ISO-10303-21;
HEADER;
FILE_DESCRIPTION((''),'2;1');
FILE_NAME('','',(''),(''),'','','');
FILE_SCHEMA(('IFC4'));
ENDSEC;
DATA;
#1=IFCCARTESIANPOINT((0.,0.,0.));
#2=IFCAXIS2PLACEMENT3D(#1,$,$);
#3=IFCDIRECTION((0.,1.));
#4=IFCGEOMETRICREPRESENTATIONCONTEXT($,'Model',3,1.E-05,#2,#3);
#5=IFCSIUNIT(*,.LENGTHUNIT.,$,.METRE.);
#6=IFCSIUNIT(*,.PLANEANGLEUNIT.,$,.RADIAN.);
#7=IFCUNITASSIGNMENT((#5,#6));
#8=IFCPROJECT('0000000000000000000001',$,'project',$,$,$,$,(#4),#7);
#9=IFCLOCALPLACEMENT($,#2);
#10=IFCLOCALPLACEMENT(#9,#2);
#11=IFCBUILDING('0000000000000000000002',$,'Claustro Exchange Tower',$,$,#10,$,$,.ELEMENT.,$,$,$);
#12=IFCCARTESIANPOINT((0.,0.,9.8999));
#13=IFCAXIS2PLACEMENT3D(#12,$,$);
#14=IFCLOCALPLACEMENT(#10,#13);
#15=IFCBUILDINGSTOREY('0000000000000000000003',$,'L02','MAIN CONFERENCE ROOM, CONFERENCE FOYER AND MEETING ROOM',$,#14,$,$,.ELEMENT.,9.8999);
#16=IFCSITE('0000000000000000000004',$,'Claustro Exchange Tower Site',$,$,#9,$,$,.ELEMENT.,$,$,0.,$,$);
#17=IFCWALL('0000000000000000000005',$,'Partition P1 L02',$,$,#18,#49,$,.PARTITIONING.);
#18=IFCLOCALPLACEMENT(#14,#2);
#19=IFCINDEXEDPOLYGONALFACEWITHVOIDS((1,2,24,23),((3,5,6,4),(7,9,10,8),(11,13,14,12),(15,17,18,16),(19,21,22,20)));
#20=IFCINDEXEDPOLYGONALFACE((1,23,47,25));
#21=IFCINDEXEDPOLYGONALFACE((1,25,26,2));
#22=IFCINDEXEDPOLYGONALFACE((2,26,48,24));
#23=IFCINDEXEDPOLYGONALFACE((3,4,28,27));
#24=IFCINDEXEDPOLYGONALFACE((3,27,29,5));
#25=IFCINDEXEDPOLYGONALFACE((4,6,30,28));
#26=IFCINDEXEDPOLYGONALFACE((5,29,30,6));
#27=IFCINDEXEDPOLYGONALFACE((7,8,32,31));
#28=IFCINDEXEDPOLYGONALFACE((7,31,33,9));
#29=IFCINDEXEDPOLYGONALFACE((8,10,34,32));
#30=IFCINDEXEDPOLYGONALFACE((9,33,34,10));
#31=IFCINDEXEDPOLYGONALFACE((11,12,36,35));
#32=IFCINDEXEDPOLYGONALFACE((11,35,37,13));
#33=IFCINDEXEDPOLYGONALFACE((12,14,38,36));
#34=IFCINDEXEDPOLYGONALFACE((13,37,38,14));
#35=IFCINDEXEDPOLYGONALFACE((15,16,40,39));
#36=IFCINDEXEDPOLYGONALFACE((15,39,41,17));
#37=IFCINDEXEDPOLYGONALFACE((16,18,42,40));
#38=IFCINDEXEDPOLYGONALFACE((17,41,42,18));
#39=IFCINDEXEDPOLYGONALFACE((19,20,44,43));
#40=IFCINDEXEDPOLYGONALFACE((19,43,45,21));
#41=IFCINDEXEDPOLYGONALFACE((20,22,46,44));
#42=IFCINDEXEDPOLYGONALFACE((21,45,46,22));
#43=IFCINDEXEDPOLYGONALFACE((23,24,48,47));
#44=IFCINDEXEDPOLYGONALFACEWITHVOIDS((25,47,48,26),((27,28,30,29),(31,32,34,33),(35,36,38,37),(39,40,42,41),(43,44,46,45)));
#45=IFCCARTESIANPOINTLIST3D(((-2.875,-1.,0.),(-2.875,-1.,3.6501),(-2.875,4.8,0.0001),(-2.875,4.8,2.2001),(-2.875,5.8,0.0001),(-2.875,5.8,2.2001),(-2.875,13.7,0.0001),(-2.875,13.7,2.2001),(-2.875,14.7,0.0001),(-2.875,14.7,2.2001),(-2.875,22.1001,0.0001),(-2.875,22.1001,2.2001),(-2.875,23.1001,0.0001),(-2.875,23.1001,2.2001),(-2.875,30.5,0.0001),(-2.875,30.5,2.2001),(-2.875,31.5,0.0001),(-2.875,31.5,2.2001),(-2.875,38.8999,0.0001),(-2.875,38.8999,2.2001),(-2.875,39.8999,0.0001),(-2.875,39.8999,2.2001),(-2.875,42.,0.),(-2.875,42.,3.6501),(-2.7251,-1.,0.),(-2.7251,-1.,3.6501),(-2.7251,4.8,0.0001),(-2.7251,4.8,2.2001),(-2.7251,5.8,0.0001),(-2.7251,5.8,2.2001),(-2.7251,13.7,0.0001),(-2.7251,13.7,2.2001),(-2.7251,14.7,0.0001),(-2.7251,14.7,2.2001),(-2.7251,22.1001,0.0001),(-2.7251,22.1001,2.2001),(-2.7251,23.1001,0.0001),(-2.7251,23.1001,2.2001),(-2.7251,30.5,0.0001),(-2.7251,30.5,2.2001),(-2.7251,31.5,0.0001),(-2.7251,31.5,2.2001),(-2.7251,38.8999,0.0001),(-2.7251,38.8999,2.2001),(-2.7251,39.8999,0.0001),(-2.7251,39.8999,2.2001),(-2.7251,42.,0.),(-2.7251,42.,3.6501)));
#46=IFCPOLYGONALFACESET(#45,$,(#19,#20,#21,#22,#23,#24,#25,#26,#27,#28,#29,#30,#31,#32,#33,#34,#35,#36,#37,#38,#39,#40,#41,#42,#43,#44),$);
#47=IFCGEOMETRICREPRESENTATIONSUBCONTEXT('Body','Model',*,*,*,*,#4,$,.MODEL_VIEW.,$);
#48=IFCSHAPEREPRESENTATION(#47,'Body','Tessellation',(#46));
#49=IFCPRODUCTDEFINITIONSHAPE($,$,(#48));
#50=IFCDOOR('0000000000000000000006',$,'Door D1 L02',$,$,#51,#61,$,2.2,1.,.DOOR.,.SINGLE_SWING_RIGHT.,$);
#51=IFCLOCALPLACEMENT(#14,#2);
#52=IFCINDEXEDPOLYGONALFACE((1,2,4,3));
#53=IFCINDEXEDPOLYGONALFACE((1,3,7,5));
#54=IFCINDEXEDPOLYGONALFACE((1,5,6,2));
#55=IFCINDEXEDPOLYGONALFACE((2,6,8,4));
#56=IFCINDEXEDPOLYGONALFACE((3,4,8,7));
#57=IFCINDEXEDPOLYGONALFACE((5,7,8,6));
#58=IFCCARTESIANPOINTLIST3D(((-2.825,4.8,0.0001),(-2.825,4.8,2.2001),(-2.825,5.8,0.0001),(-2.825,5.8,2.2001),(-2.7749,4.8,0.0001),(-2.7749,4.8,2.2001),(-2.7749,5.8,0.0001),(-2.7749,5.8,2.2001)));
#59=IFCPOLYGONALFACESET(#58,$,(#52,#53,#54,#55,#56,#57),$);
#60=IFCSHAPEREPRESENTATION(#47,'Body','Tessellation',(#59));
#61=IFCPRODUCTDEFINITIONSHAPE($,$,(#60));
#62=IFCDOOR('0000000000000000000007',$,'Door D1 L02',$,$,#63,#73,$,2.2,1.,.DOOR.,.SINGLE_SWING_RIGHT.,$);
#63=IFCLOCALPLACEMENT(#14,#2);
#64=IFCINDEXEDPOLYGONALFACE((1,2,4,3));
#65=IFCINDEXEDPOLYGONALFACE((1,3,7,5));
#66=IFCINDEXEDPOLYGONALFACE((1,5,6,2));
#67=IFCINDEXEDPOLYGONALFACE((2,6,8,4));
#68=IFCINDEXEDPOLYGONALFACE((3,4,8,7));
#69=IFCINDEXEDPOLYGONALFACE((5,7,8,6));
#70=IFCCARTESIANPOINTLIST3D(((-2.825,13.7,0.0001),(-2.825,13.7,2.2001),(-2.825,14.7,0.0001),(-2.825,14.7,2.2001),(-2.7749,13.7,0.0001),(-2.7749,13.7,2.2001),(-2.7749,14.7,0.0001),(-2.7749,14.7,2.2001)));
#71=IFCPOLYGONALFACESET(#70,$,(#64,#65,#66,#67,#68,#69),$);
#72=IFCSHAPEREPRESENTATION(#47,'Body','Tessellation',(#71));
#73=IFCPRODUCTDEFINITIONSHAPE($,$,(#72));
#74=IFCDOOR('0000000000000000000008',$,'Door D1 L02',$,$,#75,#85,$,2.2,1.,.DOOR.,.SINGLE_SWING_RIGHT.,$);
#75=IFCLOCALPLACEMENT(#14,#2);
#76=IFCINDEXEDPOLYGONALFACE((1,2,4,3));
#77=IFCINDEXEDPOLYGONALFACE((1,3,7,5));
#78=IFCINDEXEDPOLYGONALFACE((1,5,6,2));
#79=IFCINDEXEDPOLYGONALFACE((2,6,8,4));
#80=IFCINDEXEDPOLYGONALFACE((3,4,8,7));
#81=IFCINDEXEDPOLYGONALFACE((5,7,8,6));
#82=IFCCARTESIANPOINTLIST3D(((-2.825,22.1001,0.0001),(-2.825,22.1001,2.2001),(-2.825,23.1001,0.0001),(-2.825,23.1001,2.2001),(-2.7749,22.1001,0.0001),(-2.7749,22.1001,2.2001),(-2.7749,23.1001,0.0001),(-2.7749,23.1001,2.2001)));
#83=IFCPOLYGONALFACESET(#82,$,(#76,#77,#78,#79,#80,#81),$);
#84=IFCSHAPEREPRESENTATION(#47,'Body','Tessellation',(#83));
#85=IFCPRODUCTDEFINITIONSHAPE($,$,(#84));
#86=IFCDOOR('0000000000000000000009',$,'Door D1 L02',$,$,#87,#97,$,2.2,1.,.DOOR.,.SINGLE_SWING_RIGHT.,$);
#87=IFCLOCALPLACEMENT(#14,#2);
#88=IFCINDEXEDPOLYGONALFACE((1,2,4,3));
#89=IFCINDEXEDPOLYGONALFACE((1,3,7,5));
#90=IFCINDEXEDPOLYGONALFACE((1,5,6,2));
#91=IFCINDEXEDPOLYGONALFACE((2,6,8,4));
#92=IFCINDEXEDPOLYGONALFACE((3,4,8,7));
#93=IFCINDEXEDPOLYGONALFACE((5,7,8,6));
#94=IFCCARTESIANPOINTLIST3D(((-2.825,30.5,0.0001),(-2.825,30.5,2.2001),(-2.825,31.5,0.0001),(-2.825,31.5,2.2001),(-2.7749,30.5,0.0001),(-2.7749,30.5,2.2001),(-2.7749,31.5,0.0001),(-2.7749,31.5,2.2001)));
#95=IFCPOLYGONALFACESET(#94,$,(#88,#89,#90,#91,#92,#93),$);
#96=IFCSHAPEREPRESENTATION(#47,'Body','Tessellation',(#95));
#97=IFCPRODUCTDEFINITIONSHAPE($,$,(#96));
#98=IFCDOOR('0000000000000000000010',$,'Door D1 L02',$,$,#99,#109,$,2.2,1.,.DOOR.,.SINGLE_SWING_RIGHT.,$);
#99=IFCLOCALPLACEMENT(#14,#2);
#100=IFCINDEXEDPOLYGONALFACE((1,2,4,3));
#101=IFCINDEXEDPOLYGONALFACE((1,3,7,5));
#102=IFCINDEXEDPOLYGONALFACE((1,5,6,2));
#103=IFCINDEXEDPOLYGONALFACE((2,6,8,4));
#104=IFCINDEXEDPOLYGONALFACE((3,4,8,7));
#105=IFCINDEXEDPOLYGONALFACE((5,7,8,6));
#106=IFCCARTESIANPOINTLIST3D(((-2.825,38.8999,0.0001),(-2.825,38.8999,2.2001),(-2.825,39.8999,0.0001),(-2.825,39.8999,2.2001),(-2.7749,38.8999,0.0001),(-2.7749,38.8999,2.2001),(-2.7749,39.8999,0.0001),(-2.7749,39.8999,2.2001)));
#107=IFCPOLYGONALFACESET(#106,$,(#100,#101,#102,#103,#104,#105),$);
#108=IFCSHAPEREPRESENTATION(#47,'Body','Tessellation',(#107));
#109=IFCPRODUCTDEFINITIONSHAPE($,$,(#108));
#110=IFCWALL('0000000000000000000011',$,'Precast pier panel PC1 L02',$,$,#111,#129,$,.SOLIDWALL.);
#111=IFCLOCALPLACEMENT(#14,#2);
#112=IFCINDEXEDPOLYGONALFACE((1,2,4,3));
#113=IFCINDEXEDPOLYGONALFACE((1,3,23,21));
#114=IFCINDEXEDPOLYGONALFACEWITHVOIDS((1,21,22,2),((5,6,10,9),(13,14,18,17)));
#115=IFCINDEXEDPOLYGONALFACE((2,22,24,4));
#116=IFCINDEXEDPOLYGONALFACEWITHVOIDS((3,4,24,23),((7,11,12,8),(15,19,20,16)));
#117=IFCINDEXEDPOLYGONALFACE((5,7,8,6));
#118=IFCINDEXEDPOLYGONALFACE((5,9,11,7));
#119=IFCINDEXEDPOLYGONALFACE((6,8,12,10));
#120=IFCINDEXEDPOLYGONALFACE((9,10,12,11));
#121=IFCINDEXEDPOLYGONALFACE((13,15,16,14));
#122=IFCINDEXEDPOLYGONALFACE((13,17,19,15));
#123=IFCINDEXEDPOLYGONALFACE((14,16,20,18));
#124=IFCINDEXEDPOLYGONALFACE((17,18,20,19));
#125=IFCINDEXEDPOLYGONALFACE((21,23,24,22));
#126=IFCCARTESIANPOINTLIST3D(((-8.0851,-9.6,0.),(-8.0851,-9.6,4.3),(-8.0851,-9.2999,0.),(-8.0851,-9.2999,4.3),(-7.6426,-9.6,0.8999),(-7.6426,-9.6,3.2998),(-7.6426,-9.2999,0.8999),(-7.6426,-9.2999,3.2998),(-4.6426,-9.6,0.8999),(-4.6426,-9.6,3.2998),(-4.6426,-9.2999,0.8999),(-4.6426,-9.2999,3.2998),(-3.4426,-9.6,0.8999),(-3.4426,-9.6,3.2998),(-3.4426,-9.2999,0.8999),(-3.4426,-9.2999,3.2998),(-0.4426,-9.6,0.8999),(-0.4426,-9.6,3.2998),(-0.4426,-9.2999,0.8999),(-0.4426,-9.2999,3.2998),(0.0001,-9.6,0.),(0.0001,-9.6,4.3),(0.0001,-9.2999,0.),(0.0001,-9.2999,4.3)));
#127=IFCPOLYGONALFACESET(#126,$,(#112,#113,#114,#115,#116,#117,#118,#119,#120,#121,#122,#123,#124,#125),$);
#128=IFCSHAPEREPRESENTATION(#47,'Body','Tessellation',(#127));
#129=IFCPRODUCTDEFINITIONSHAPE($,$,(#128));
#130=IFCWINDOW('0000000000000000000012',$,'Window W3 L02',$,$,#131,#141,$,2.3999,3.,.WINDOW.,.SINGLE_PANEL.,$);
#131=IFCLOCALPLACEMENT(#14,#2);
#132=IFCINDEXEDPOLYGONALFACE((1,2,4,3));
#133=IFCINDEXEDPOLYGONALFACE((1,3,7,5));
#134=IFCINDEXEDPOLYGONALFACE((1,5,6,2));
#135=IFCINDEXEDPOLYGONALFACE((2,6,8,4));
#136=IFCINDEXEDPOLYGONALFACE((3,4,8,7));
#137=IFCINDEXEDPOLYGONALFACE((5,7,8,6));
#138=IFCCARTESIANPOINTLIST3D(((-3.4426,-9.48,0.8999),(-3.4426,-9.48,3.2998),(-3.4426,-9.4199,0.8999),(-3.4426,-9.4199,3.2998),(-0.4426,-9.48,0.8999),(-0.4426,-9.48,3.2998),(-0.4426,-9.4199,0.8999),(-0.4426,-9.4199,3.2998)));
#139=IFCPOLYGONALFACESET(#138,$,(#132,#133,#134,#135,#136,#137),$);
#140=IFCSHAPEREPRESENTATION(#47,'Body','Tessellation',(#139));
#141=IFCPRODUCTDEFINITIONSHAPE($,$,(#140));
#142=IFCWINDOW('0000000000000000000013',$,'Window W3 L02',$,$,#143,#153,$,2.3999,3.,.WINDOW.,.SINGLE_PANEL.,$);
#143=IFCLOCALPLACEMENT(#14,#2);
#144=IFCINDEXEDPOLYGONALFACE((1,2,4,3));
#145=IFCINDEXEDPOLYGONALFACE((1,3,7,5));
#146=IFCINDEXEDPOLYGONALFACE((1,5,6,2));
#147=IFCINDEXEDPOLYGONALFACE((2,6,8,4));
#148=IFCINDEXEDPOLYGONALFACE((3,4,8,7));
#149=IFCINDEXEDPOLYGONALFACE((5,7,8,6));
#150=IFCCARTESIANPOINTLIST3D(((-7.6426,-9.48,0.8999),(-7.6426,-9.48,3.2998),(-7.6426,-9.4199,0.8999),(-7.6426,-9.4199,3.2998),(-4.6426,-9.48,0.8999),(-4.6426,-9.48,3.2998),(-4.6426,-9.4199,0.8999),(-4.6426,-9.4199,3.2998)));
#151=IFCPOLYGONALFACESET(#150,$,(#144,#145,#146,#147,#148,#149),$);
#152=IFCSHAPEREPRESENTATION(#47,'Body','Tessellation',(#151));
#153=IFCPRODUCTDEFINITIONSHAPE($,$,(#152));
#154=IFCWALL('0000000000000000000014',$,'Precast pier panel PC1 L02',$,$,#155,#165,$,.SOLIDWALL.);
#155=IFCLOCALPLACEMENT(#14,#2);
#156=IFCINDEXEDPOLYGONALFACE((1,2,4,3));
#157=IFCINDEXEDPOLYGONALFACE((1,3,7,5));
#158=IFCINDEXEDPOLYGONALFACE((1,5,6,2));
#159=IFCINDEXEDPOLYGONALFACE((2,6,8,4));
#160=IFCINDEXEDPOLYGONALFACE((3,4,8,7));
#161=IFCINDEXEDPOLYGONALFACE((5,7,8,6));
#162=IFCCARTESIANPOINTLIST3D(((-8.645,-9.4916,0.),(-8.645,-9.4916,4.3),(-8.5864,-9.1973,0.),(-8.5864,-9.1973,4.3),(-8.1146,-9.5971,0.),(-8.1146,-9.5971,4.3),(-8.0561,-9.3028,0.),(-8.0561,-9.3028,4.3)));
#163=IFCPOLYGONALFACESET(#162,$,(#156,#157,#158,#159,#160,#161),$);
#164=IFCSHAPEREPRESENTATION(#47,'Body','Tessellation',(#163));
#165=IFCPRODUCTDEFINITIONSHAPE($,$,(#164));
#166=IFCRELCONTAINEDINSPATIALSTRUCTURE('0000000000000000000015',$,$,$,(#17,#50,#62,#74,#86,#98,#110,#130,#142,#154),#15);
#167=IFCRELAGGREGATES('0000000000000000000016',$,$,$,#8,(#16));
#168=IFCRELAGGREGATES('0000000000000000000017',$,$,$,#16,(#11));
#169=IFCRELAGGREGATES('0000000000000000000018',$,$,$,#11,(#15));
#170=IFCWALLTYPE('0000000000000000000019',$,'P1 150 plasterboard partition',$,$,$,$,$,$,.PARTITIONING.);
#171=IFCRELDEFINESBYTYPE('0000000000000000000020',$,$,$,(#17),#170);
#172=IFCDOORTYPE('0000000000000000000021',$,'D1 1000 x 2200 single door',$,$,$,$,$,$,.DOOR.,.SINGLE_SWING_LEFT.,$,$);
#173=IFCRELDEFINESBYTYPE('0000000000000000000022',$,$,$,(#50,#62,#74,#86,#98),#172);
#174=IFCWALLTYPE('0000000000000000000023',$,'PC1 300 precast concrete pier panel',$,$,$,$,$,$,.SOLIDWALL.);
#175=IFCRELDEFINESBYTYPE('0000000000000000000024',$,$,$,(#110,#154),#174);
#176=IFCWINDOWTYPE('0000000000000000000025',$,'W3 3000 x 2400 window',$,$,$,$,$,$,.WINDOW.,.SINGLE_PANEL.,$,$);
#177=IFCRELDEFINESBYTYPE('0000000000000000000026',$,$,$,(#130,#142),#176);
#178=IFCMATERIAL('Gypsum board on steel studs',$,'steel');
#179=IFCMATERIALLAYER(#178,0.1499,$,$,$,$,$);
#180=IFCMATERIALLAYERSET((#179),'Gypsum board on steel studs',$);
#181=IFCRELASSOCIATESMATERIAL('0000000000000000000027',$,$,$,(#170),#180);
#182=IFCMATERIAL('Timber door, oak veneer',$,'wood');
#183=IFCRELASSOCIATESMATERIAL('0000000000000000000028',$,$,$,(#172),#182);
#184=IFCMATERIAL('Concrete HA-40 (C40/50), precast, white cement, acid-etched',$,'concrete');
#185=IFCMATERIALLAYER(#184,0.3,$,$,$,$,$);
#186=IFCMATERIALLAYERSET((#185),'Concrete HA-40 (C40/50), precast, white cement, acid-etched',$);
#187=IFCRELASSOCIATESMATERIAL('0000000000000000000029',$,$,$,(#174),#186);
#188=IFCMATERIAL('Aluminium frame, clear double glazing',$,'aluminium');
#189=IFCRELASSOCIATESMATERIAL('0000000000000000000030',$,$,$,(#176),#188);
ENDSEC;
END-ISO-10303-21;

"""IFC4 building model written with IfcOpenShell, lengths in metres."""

from ifc_helpers import new_model, si_unit, direction, frame, frame_2d, origin, place, context, subcontext, project, spatial, rectangle, extrude, material, layer, layer_set, type_object, element, fill, save


model = new_model("IFC4")

# Units and contexts
model_context = context("Model", 3, precision=1e-05, world=origin(), true_north=direction((0.0, 1.0)))
body_context = subcontext(model_context, "Body", "Model", "MODEL_VIEW")
ifc_project = project(units=[si_unit("LENGTHUNIT", "METRE"), si_unit("PLANEANGLEUNIT", "RADIAN")], contexts=[model_context])

# Site, building, storey
site_placement = place(None, origin())
site = spatial("IfcSite", under=ifc_project, at=site_placement, Name="Claustro Exchange Tower Site", CompositionType="ELEMENT", RefElevation=0.0)
building_placement = place(site_placement, origin())
building = spatial("IfcBuilding", under=site, at=building_placement, Name="Claustro Exchange Tower", CompositionType="ELEMENT")
storey_placement = place(building_placement, frame((0.0, 0.0, 9.8999)))
storey = spatial("IfcBuildingStorey", under=building, at=storey_placement, Name="L02", Description="MAIN CONFERENCE ROOM, CONFERENCE FOYER AND MEETING ROOM", CompositionType="ELEMENT", Elevation=9.8999)

# Shared definitions
ifc_material_1 = material(Name="Gypsum board on steel studs", Category="steel")
ifc_layer_1 = layer(ifc_material_1, 0.1499)
ifc_layer_set_1 = layer_set([ifc_layer_1], Name="Gypsum board on steel studs")
wall_type_1 = type_object("IfcWallType", Name="P1 150 plasterboard partition", PredefinedType="PARTITIONING", material=ifc_layer_set_1)

# Shared definitions
ifc_material_2 = material(Name="Timber door, oak veneer", Category="wood")
door_type = type_object("IfcDoorType", Name="D1 1000 x 2200 single door", OperationType="SINGLE_SWING_LEFT", PredefinedType="DOOR", material=ifc_material_2)

# Wall, openings, doors
wall_1_placement = place(storey_placement, frame((-2.8, -1.0, 0.0), z_axis=(0.0, 0.0, 1.0), x_axis=(0.0, 1.0, 0.0)))
wall_1 = element("IfcWall", 1, at=wall_1_placement, inside=storey, type_object=wall_type_1, Name="Partition P1 L02", PredefinedType="PARTITIONING", context=body_context, shape_type="SweptSolid", body=[
    extrude(rectangle(XDim=43.0, YDim=0.1499, at=frame_2d((21.5, 0.0))), origin(), (0.0, 0.0, 1.0), 3.6501),
])
opening_1_placement = place(wall_1_placement, frame((5.8, 0.0, 0.0)))
opening_1 = element("IfcOpeningElement", 2, at=opening_1_placement, cuts=wall_1, PredefinedType="OPENING", context=body_context, shape_type="SweptSolid", body=[
    extrude(rectangle(XDim=1.0, YDim=2.2, at=frame_2d((0.5, 1.1001))), frame((0.0, 0.085, 0.0), z_axis=(0.0, -1.0, 0.0), x_axis=(1.0, 0.0, 0.0)), (0.0, 0.0, 1.0), 0.1699),
])
opening_2_placement = place(wall_1_placement, frame((14.7, 0.0, 0.0)))
opening_2 = element("IfcOpeningElement", 3, at=opening_2_placement, cuts=wall_1, PredefinedType="OPENING", context=body_context, shape_type="SweptSolid", body=[
    extrude(rectangle(XDim=1.0, YDim=2.2, at=frame_2d((0.5, 1.1001))), frame((0.0, 0.085, 0.0), z_axis=(0.0, -1.0, 0.0), x_axis=(1.0, 0.0, 0.0)), (0.0, 0.0, 1.0), 0.1699),
])
opening_3_placement = place(wall_1_placement, frame((23.1001, 0.0, 0.0)))
opening_3 = element("IfcOpeningElement", 4, at=opening_3_placement, cuts=wall_1, PredefinedType="OPENING", context=body_context, shape_type="SweptSolid", body=[
    extrude(rectangle(XDim=1.0, YDim=2.2, at=frame_2d((0.5, 1.1001))), frame((0.0, 0.085, 0.0), z_axis=(0.0, -1.0, 0.0), x_axis=(1.0, 0.0, 0.0)), (0.0, 0.0, 1.0), 0.1699),
])
opening_4_placement = place(wall_1_placement, frame((31.5, 0.0, 0.0)))
opening_4 = element("IfcOpeningElement", 5, at=opening_4_placement, cuts=wall_1, PredefinedType="OPENING", context=body_context, shape_type="SweptSolid", body=[
    extrude(rectangle(XDim=1.0, YDim=2.2, at=frame_2d((0.5, 1.1001))), frame((0.0, 0.085, 0.0), z_axis=(0.0, -1.0, 0.0), x_axis=(1.0, 0.0, 0.0)), (0.0, 0.0, 1.0), 0.1699),
])
opening_5_placement = place(wall_1_placement, frame((39.8999, 0.0, 0.0)))
opening_5 = element("IfcOpeningElement", 6, at=opening_5_placement, cuts=wall_1, PredefinedType="OPENING", context=body_context, shape_type="SweptSolid", body=[
    extrude(rectangle(XDim=1.0, YDim=2.2, at=frame_2d((0.5, 1.1001))), frame((0.0, 0.085, 0.0), z_axis=(0.0, -1.0, 0.0), x_axis=(1.0, 0.0, 0.0)), (0.0, 0.0, 1.0), 0.1699),
])
door_1_placement = place(opening_1_placement, origin())
door_1 = element("IfcDoor", 7, at=door_1_placement, inside=storey, type_object=door_type, Name="Door D1 L02", OperationType="SINGLE_SWING_RIGHT", OverallHeight=2.2, OverallWidth=1.0, PredefinedType="DOOR", context=body_context, shape_type="SweptSolid", body=[
    extrude(rectangle(XDim=1.0, YDim=2.2, at=frame_2d((0.5, 1.1001))), frame((0.0, 0.0249, 0.0), z_axis=(0.0, -1.0, 0.0), x_axis=(1.0, 0.0, 0.0)), (0.0, 0.0, 1.0), 0.05),
])
fill(opening_1, door_1)
door_2_placement = place(opening_2_placement, origin())
door_2 = element("IfcDoor", 8, at=door_2_placement, inside=storey, type_object=door_type, Name="Door D1 L02", OperationType="SINGLE_SWING_RIGHT", OverallHeight=2.2, OverallWidth=1.0, PredefinedType="DOOR", context=body_context, shape_type="SweptSolid", body=[
    extrude(rectangle(XDim=1.0, YDim=2.2, at=frame_2d((0.5, 1.1001))), frame((0.0, 0.0249, 0.0), z_axis=(0.0, -1.0, 0.0), x_axis=(1.0, 0.0, 0.0)), (0.0, 0.0, 1.0), 0.05),
])
fill(opening_2, door_2)
door_3_placement = place(opening_3_placement, origin())
door_3 = element("IfcDoor", 9, at=door_3_placement, inside=storey, type_object=door_type, Name="Door D1 L02", OperationType="SINGLE_SWING_RIGHT", OverallHeight=2.2, OverallWidth=1.0, PredefinedType="DOOR", context=body_context, shape_type="SweptSolid", body=[
    extrude(rectangle(XDim=1.0, YDim=2.2, at=frame_2d((0.5, 1.1001))), frame((0.0, 0.0249, 0.0), z_axis=(0.0, -1.0, 0.0), x_axis=(1.0, 0.0, 0.0)), (0.0, 0.0, 1.0), 0.05),
])
fill(opening_3, door_3)
door_4_placement = place(opening_4_placement, origin())
door_4 = element("IfcDoor", 10, at=door_4_placement, inside=storey, type_object=door_type, Name="Door D1 L02", OperationType="SINGLE_SWING_RIGHT", OverallHeight=2.2, OverallWidth=1.0, PredefinedType="DOOR", context=body_context, shape_type="SweptSolid", body=[
    extrude(rectangle(XDim=1.0, YDim=2.2, at=frame_2d((0.5, 1.1001))), frame((0.0, 0.0249, 0.0), z_axis=(0.0, -1.0, 0.0), x_axis=(1.0, 0.0, 0.0)), (0.0, 0.0, 1.0), 0.05),
])
fill(opening_4, door_4)
door_5_placement = place(opening_5_placement, origin())
door_5 = element("IfcDoor", 11, at=door_5_placement, inside=storey, type_object=door_type, Name="Door D1 L02", OperationType="SINGLE_SWING_RIGHT", OverallHeight=2.2, OverallWidth=1.0, PredefinedType="DOOR", context=body_context, shape_type="SweptSolid", body=[
    extrude(rectangle(XDim=1.0, YDim=2.2, at=frame_2d((0.5, 1.1001))), frame((0.0, 0.0249, 0.0), z_axis=(0.0, -1.0, 0.0), x_axis=(1.0, 0.0, 0.0)), (0.0, 0.0, 1.0), 0.05),
])
fill(opening_5, door_5)

# Wall, openings, windows
ifc_material_3 = material(Name="Concrete HA-40 (C40/50), precast, white cement, acid-etched", Category="concrete")
ifc_layer_2 = layer(ifc_material_3, 0.3)
ifc_layer_set_2 = layer_set([ifc_layer_2], Name="Concrete HA-40 (C40/50), precast, white cement, acid-etched")
wall_type_2 = type_object("IfcWallType", Name="PC1 300 precast concrete pier panel", PredefinedType="SOLIDWALL", material=ifc_layer_set_2)
wall_2_placement = place(storey_placement, frame((0.0, -9.45, 0.0), z_axis=(0.0, 0.0, 1.0), x_axis=(-1.0, 0.0, 0.0)))
wall_2 = element("IfcWall", 12, at=wall_2_placement, inside=storey, type_object=wall_type_2, Name="Precast pier panel PC1 L02", PredefinedType="SOLIDWALL", context=body_context, shape_type="SweptSolid", body=[
    extrude(rectangle(XDim=8.0852, YDim=0.3, at=frame_2d((4.0425, 0.0))), origin(), (0.0, 0.0, 1.0), 4.3),
])
opening_6_placement = place(wall_2_placement, frame((0.4426, 0.0, 0.8999)))
opening_6 = element("IfcOpeningElement", 13, at=opening_6_placement, cuts=wall_2, PredefinedType="OPENING", context=body_context, shape_type="SweptSolid", body=[
    extrude(rectangle(XDim=3.0, YDim=2.3999, at=frame_2d((1.5, 1.2))), frame((0.0, 0.1599, 0.0), z_axis=(0.0, -1.0, 0.0), x_axis=(1.0, 0.0, 0.0)), (0.0, 0.0, 1.0), 0.3201),
])
opening_7_placement = place(wall_2_placement, frame((4.6426, 0.0, 0.8999)))
opening_7 = element("IfcOpeningElement", 14, at=opening_7_placement, cuts=wall_2, PredefinedType="OPENING", context=body_context, shape_type="SweptSolid", body=[
    extrude(rectangle(XDim=3.0, YDim=2.3999, at=frame_2d((1.5, 1.2))), frame((0.0, 0.1599, 0.0), z_axis=(0.0, -1.0, 0.0), x_axis=(1.0, 0.0, 0.0)), (0.0, 0.0, 1.0), 0.3201),
])
ifc_material_4 = material(Name="Aluminium frame, clear double glazing", Category="aluminium")
window_type = type_object("IfcWindowType", Name="W3 3000 x 2400 window", PartitioningType="SINGLE_PANEL", PredefinedType="WINDOW", material=ifc_material_4)
window_1_placement = place(opening_6_placement, origin())
window_1 = element("IfcWindow", 15, at=window_1_placement, inside=storey, type_object=window_type, Name="Window W3 L02", OverallHeight=2.3999, OverallWidth=3.0, PartitioningType="SINGLE_PANEL", PredefinedType="WINDOW", context=body_context, shape_type="SweptSolid", body=[
    extrude(rectangle(XDim=3.0, YDim=2.3999, at=frame_2d((1.5, 1.2))), frame((0.0, 0.03, 0.0), z_axis=(0.0, -1.0, 0.0), x_axis=(1.0, 0.0, 0.0)), (0.0, 0.0, 1.0), 0.0601),
])
fill(opening_6, window_1)
window_2_placement = place(opening_7_placement, origin())
window_2 = element("IfcWindow", 16, at=window_2_placement, inside=storey, type_object=window_type, Name="Window W3 L02", OverallHeight=2.3999, OverallWidth=3.0, PartitioningType="SINGLE_PANEL", PredefinedType="WINDOW", context=body_context, shape_type="SweptSolid", body=[
    extrude(rectangle(XDim=3.0, YDim=2.3999, at=frame_2d((1.5, 1.2))), frame((0.0, 0.03, 0.0), z_axis=(0.0, -1.0, 0.0), x_axis=(1.0, 0.0, 0.0)), (0.0, 0.0, 1.0), 0.0601),
])
fill(opening_7, window_2)

# Wall
wall_3_placement = place(storey_placement, frame((-8.0852, -9.45, 0.0), z_axis=(0.0, 0.0, 1.0), x_axis=(-0.980789, 0.195074, 0.0)))
element("IfcWall", 17, at=wall_3_placement, inside=storey, type_object=wall_type_2, Name="Precast pier panel PC1 L02", PredefinedType="SOLIDWALL", context=body_context, shape_type="SweptSolid", body=[
    extrude(rectangle(XDim=0.5408, YDim=0.3, at=frame_2d((0.2705, 0.0))), origin(), (0.0, 0.0, 1.0), 4.3),
])

save(model, "model.ifc")
